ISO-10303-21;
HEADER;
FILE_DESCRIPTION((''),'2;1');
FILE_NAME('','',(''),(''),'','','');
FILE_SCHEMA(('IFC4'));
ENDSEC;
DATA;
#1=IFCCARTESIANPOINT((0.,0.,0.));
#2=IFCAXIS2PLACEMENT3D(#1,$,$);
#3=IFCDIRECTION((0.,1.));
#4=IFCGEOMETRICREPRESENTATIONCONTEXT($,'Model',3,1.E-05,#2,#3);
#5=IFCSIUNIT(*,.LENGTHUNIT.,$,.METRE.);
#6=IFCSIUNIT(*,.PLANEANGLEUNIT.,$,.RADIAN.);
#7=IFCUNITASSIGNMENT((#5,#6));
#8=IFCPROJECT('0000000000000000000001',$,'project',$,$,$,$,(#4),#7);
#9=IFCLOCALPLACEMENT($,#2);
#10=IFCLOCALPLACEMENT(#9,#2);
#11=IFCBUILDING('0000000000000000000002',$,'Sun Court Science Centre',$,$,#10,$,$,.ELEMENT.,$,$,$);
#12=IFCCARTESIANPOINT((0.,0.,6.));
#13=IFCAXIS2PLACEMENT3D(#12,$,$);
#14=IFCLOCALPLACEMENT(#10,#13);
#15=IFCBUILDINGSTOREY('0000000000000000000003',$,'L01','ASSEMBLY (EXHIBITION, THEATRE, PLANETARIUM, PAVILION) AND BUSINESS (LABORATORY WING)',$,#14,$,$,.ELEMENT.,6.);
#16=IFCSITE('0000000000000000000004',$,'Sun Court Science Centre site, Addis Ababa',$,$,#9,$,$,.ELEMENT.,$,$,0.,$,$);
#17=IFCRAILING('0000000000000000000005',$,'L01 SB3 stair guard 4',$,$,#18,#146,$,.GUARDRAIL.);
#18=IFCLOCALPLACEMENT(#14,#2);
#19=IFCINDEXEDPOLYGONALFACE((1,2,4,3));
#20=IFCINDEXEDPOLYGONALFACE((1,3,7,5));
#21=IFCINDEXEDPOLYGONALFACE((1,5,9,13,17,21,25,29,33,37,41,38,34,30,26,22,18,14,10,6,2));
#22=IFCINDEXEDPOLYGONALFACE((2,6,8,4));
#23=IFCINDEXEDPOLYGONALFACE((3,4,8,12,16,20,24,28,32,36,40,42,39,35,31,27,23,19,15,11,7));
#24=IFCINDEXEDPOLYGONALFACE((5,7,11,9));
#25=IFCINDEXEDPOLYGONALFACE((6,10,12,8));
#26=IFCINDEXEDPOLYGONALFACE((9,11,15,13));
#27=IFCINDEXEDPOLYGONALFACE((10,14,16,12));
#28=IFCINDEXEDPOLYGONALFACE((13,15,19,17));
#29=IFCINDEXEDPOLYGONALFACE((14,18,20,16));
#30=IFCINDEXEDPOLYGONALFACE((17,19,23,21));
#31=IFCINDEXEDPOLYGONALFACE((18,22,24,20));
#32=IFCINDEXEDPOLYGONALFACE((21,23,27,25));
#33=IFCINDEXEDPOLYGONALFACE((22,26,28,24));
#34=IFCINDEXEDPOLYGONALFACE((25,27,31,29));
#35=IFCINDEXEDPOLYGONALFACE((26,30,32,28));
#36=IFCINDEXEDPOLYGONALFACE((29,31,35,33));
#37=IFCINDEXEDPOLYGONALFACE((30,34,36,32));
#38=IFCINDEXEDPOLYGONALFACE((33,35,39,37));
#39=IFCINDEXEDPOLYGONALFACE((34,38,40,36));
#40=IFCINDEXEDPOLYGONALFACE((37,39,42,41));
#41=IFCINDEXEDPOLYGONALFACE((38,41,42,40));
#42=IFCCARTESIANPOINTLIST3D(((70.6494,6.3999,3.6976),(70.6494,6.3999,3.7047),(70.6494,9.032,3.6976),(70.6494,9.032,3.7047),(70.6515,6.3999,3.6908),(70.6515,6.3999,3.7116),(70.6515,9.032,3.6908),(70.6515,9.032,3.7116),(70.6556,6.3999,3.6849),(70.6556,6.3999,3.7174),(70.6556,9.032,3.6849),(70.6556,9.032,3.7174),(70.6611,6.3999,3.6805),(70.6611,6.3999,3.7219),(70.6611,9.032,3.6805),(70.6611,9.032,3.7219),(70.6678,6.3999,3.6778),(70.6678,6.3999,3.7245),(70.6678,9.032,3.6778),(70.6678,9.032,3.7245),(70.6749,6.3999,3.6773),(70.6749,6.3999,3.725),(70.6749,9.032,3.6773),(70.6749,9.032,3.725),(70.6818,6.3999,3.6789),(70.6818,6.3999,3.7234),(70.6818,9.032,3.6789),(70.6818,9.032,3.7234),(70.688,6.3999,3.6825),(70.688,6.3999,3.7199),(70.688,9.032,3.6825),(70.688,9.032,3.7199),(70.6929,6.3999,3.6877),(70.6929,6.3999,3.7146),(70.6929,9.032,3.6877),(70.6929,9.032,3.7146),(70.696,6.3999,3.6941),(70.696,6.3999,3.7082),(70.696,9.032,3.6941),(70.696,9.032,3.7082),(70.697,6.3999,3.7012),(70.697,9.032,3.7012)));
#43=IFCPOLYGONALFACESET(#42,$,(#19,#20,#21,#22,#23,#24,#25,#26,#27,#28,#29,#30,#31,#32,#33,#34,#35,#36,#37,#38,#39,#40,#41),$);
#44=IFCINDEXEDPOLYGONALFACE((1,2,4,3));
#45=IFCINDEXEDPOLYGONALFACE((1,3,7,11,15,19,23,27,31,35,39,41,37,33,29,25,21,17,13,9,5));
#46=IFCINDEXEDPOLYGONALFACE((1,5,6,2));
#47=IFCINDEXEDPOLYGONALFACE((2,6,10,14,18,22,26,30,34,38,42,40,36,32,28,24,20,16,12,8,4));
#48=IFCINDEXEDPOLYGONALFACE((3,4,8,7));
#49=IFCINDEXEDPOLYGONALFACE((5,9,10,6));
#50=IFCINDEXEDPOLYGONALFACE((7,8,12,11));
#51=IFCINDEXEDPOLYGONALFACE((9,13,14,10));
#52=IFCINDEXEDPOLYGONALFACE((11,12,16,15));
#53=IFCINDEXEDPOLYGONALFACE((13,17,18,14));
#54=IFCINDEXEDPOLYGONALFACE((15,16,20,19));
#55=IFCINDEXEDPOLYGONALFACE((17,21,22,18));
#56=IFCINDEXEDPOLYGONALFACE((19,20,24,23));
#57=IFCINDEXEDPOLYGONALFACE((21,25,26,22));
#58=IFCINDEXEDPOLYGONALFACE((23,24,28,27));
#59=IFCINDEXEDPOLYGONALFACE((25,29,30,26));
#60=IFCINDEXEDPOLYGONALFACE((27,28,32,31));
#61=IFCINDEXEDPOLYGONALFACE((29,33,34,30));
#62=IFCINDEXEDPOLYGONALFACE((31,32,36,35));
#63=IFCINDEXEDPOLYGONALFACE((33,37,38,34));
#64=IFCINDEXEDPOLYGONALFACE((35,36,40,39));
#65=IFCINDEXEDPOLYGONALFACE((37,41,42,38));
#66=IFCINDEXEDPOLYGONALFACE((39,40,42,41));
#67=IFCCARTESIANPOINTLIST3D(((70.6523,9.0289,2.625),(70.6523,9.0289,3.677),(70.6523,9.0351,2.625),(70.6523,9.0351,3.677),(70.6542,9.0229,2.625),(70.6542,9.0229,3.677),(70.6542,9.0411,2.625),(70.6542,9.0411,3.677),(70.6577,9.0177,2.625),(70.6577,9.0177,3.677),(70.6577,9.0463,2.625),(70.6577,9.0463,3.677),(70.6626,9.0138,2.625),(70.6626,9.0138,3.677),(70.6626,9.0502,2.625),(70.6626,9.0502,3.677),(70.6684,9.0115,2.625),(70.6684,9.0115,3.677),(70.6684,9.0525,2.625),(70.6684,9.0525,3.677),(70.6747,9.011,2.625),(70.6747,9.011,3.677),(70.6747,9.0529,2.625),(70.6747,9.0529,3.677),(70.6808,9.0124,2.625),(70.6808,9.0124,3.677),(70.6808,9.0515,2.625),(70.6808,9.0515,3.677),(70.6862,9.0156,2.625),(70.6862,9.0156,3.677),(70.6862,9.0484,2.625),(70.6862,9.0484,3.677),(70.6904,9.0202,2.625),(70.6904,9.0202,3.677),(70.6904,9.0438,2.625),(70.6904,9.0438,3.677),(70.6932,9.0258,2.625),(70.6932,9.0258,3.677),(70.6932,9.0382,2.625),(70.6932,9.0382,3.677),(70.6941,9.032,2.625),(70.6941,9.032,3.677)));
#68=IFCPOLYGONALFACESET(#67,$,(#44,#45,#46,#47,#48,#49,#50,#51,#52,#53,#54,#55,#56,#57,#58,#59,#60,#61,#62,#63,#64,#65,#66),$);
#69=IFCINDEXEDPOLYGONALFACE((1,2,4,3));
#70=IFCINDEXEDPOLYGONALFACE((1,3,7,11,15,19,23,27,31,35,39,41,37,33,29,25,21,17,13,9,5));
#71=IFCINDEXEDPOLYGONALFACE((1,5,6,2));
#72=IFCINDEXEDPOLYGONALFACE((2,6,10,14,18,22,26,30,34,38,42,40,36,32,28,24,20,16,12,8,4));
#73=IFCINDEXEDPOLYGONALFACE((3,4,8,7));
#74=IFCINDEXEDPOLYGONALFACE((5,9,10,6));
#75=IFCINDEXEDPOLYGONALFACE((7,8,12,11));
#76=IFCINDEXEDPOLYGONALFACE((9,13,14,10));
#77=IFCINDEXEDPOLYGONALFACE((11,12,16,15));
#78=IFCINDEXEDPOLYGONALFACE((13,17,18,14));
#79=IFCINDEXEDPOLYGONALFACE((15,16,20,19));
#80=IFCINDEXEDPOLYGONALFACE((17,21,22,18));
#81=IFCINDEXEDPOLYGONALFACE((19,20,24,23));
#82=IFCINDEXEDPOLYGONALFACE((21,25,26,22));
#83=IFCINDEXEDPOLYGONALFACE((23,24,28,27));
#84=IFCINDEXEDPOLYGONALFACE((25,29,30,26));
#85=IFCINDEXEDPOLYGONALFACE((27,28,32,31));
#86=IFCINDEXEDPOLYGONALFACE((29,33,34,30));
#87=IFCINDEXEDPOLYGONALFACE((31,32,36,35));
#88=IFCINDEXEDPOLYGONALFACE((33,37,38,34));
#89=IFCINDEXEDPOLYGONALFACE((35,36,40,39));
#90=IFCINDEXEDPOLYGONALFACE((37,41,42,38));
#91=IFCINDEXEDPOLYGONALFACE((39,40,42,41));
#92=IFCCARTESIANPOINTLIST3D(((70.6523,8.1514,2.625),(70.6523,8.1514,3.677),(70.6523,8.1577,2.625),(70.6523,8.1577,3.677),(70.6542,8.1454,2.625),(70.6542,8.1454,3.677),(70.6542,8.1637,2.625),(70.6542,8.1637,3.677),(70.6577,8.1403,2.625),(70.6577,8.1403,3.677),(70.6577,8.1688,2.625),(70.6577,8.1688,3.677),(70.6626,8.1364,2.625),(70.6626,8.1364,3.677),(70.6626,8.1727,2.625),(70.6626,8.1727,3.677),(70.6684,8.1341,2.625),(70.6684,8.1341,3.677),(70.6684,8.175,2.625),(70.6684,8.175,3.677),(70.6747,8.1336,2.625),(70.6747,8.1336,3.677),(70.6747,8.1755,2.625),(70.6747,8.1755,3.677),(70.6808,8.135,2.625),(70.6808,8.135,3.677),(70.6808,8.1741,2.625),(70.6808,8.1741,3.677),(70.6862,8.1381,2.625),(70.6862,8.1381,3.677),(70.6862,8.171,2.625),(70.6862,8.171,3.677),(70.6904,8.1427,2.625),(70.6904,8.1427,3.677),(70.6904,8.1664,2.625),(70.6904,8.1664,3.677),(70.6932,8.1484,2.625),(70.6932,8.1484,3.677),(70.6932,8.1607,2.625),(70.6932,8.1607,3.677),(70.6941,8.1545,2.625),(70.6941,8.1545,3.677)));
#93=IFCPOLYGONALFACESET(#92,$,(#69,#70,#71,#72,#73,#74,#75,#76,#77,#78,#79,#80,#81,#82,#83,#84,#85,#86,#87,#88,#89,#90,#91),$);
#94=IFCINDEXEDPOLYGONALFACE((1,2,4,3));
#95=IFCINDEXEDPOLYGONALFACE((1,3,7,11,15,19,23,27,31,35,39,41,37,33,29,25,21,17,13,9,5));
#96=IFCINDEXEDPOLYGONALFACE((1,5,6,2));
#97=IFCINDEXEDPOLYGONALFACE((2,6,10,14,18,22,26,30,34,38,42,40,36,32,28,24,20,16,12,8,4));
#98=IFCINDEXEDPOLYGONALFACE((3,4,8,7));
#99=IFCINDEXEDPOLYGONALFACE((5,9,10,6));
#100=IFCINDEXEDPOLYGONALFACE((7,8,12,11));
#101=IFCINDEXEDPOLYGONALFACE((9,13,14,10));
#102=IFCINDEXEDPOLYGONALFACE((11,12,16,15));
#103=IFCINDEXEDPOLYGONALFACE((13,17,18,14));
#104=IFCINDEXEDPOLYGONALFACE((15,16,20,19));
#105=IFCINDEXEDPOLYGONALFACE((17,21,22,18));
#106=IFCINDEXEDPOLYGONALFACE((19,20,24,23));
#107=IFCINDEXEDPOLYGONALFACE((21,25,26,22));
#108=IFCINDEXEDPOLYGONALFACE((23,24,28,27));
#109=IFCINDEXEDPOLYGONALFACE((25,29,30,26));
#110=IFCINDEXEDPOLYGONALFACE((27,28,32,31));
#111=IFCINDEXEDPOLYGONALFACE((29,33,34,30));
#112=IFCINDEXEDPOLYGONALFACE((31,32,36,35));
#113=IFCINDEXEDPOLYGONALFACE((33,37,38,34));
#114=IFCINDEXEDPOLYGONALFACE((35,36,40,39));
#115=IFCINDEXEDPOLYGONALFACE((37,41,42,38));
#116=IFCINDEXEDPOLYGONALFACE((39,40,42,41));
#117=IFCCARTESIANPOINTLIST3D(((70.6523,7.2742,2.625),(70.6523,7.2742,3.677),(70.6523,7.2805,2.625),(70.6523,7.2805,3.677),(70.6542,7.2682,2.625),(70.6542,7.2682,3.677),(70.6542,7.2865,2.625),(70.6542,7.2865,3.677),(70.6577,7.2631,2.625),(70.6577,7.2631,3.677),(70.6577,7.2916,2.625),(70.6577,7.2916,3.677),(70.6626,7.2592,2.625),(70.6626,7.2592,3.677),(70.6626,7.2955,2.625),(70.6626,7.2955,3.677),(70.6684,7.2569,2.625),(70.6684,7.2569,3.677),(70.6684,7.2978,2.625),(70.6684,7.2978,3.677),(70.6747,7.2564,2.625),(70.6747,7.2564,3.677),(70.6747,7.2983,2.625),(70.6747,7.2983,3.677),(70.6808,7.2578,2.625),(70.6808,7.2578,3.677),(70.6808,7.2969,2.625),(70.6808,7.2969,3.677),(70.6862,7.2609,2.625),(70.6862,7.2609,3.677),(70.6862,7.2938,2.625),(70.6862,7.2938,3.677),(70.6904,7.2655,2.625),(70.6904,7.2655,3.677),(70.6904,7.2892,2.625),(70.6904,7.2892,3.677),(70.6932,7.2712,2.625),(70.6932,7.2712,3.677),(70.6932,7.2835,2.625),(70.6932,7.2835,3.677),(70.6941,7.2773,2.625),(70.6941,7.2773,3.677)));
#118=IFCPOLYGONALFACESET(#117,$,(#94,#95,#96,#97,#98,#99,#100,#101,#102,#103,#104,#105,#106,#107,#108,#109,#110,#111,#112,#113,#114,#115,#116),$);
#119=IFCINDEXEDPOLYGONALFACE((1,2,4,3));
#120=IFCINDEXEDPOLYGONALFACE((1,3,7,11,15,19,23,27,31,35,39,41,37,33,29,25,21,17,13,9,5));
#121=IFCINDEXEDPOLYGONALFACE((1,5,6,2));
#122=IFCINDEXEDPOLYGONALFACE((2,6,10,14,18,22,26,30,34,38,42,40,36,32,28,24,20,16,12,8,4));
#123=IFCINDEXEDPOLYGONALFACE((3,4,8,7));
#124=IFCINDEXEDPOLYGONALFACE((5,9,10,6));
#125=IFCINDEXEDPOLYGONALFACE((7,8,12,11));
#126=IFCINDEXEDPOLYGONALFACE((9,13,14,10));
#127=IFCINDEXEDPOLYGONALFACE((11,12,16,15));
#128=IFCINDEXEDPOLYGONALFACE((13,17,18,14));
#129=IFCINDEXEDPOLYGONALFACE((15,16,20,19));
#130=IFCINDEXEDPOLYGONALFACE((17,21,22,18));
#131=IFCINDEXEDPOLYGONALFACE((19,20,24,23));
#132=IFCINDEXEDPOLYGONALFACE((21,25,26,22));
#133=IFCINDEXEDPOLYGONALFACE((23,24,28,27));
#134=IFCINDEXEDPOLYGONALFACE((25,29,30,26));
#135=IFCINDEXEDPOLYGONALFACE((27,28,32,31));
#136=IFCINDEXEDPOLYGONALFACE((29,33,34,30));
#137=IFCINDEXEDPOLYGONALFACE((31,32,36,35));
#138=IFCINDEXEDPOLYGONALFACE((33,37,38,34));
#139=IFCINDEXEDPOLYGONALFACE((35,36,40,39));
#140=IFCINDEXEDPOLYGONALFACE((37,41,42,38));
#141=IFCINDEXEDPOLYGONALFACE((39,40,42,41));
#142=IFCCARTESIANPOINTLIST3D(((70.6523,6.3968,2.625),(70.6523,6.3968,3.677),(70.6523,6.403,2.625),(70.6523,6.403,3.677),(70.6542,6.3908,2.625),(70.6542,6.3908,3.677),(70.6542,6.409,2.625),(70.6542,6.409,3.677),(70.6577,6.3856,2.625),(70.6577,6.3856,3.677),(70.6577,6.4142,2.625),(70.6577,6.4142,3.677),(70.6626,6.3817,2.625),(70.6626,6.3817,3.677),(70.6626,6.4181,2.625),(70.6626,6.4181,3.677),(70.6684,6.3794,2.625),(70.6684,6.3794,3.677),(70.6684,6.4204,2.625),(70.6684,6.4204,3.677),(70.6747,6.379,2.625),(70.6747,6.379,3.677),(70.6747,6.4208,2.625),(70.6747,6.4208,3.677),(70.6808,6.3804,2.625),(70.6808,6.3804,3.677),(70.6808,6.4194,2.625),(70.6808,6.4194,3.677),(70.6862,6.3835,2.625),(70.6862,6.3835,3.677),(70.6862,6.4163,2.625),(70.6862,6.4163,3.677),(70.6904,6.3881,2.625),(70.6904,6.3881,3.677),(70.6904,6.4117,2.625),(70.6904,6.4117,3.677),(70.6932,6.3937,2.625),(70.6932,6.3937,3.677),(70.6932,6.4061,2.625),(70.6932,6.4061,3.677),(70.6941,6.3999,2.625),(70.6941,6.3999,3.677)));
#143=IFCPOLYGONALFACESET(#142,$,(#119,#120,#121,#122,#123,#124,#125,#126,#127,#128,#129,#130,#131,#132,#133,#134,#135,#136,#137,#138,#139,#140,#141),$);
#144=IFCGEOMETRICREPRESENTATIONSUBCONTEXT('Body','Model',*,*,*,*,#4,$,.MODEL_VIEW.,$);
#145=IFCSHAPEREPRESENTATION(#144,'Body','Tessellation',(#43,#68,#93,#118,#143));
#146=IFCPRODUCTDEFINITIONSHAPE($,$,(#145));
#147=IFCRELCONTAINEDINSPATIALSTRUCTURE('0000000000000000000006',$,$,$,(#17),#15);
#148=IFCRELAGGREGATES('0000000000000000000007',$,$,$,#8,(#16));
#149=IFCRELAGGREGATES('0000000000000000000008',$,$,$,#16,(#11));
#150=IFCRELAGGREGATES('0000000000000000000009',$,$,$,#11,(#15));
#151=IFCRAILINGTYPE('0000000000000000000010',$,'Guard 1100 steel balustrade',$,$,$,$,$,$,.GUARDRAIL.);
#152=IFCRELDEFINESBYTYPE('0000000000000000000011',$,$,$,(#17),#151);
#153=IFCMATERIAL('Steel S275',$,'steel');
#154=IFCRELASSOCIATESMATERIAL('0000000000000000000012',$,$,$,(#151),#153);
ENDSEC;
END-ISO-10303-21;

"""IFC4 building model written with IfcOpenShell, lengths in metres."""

from ifc_helpers import new_model, si_unit, direction, frame, origin, origin_2d, place, context, subcontext, project, spatial, circle, extrude, material, type_object, element, save


model = new_model("IFC4")

# Units and contexts
model_context = context("Model", 3, precision=1e-05, world=origin(), true_north=direction((0.0, 1.0)))
body_context = subcontext(model_context, "Body", "Model", "MODEL_VIEW")
ifc_project = project(units=[si_unit("LENGTHUNIT", "METRE"), si_unit("PLANEANGLEUNIT", "RADIAN")], contexts=[model_context])

# Site, building, storey
site_placement = place(None, origin())
site = spatial("IfcSite", under=ifc_project, at=site_placement, Name="Sun Court Science Centre site, Addis Ababa", CompositionType="ELEMENT", RefElevation=0.0)
building_placement = place(site_placement, origin())
building = spatial("IfcBuilding", under=site, at=building_placement, Name="Sun Court Science Centre", CompositionType="ELEMENT")
storey_placement = place(building_placement, frame((0.0, 0.0, 6.0)))
storey = spatial("IfcBuildingStorey", under=building, at=storey_placement, Name="L01", Description="ASSEMBLY (EXHIBITION, THEATRE, PLANETARIUM, PAVILION) AND BUSINESS (LABORATORY WING)", CompositionType="ELEMENT", Elevation=6.0)

# Railing
ifc_material_1 = material(Name="Steel S275", Category="steel")
railing_type_1 = type_object("IfcRailingType", Name="Guard 1100 steel balustrade", PredefinedType="GUARDRAIL", material=ifc_material_1)
for number, where, name in (
    (1, (70.6731, 9.032, 2.625), "L01 SB3 stair guard 4"),
):
    element("IfcRailing", number, at=place(storey_placement, frame(where)), inside=storey, type_object=railing_type_1, Name=name, PredefinedType="GUARDRAIL", context=body_context, shape_type="SweptSolid", body=[
        extrude(circle(Radius=0.0239, at=origin_2d()), frame((0.0, 0.0, 1.0762), z_axis=(0.0, -1.0, 0.0), x_axis=(1.0, 0.0, 0.0)), (0.0, 0.0, 1.0), 2.6321),
        extrude(circle(Radius=0.021, at=origin_2d()), origin(), (0.0, 0.0, 1.0), 1.052),
        extrude(circle(Radius=0.021, at=origin_2d()), frame((0.0, -0.8774, 0.0)), (0.0, 0.0, 1.0), 1.052),
        extrude(circle(Radius=0.021, at=origin_2d()), frame((0.0, -1.7546, 0.0)), (0.0, 0.0, 1.0), 1.052),
        extrude(circle(Radius=0.021, at=origin_2d()), frame((0.0, -2.6321, 0.0)), (0.0, 0.0, 1.0), 1.052),
    ])

save(model, "model.ifc")
